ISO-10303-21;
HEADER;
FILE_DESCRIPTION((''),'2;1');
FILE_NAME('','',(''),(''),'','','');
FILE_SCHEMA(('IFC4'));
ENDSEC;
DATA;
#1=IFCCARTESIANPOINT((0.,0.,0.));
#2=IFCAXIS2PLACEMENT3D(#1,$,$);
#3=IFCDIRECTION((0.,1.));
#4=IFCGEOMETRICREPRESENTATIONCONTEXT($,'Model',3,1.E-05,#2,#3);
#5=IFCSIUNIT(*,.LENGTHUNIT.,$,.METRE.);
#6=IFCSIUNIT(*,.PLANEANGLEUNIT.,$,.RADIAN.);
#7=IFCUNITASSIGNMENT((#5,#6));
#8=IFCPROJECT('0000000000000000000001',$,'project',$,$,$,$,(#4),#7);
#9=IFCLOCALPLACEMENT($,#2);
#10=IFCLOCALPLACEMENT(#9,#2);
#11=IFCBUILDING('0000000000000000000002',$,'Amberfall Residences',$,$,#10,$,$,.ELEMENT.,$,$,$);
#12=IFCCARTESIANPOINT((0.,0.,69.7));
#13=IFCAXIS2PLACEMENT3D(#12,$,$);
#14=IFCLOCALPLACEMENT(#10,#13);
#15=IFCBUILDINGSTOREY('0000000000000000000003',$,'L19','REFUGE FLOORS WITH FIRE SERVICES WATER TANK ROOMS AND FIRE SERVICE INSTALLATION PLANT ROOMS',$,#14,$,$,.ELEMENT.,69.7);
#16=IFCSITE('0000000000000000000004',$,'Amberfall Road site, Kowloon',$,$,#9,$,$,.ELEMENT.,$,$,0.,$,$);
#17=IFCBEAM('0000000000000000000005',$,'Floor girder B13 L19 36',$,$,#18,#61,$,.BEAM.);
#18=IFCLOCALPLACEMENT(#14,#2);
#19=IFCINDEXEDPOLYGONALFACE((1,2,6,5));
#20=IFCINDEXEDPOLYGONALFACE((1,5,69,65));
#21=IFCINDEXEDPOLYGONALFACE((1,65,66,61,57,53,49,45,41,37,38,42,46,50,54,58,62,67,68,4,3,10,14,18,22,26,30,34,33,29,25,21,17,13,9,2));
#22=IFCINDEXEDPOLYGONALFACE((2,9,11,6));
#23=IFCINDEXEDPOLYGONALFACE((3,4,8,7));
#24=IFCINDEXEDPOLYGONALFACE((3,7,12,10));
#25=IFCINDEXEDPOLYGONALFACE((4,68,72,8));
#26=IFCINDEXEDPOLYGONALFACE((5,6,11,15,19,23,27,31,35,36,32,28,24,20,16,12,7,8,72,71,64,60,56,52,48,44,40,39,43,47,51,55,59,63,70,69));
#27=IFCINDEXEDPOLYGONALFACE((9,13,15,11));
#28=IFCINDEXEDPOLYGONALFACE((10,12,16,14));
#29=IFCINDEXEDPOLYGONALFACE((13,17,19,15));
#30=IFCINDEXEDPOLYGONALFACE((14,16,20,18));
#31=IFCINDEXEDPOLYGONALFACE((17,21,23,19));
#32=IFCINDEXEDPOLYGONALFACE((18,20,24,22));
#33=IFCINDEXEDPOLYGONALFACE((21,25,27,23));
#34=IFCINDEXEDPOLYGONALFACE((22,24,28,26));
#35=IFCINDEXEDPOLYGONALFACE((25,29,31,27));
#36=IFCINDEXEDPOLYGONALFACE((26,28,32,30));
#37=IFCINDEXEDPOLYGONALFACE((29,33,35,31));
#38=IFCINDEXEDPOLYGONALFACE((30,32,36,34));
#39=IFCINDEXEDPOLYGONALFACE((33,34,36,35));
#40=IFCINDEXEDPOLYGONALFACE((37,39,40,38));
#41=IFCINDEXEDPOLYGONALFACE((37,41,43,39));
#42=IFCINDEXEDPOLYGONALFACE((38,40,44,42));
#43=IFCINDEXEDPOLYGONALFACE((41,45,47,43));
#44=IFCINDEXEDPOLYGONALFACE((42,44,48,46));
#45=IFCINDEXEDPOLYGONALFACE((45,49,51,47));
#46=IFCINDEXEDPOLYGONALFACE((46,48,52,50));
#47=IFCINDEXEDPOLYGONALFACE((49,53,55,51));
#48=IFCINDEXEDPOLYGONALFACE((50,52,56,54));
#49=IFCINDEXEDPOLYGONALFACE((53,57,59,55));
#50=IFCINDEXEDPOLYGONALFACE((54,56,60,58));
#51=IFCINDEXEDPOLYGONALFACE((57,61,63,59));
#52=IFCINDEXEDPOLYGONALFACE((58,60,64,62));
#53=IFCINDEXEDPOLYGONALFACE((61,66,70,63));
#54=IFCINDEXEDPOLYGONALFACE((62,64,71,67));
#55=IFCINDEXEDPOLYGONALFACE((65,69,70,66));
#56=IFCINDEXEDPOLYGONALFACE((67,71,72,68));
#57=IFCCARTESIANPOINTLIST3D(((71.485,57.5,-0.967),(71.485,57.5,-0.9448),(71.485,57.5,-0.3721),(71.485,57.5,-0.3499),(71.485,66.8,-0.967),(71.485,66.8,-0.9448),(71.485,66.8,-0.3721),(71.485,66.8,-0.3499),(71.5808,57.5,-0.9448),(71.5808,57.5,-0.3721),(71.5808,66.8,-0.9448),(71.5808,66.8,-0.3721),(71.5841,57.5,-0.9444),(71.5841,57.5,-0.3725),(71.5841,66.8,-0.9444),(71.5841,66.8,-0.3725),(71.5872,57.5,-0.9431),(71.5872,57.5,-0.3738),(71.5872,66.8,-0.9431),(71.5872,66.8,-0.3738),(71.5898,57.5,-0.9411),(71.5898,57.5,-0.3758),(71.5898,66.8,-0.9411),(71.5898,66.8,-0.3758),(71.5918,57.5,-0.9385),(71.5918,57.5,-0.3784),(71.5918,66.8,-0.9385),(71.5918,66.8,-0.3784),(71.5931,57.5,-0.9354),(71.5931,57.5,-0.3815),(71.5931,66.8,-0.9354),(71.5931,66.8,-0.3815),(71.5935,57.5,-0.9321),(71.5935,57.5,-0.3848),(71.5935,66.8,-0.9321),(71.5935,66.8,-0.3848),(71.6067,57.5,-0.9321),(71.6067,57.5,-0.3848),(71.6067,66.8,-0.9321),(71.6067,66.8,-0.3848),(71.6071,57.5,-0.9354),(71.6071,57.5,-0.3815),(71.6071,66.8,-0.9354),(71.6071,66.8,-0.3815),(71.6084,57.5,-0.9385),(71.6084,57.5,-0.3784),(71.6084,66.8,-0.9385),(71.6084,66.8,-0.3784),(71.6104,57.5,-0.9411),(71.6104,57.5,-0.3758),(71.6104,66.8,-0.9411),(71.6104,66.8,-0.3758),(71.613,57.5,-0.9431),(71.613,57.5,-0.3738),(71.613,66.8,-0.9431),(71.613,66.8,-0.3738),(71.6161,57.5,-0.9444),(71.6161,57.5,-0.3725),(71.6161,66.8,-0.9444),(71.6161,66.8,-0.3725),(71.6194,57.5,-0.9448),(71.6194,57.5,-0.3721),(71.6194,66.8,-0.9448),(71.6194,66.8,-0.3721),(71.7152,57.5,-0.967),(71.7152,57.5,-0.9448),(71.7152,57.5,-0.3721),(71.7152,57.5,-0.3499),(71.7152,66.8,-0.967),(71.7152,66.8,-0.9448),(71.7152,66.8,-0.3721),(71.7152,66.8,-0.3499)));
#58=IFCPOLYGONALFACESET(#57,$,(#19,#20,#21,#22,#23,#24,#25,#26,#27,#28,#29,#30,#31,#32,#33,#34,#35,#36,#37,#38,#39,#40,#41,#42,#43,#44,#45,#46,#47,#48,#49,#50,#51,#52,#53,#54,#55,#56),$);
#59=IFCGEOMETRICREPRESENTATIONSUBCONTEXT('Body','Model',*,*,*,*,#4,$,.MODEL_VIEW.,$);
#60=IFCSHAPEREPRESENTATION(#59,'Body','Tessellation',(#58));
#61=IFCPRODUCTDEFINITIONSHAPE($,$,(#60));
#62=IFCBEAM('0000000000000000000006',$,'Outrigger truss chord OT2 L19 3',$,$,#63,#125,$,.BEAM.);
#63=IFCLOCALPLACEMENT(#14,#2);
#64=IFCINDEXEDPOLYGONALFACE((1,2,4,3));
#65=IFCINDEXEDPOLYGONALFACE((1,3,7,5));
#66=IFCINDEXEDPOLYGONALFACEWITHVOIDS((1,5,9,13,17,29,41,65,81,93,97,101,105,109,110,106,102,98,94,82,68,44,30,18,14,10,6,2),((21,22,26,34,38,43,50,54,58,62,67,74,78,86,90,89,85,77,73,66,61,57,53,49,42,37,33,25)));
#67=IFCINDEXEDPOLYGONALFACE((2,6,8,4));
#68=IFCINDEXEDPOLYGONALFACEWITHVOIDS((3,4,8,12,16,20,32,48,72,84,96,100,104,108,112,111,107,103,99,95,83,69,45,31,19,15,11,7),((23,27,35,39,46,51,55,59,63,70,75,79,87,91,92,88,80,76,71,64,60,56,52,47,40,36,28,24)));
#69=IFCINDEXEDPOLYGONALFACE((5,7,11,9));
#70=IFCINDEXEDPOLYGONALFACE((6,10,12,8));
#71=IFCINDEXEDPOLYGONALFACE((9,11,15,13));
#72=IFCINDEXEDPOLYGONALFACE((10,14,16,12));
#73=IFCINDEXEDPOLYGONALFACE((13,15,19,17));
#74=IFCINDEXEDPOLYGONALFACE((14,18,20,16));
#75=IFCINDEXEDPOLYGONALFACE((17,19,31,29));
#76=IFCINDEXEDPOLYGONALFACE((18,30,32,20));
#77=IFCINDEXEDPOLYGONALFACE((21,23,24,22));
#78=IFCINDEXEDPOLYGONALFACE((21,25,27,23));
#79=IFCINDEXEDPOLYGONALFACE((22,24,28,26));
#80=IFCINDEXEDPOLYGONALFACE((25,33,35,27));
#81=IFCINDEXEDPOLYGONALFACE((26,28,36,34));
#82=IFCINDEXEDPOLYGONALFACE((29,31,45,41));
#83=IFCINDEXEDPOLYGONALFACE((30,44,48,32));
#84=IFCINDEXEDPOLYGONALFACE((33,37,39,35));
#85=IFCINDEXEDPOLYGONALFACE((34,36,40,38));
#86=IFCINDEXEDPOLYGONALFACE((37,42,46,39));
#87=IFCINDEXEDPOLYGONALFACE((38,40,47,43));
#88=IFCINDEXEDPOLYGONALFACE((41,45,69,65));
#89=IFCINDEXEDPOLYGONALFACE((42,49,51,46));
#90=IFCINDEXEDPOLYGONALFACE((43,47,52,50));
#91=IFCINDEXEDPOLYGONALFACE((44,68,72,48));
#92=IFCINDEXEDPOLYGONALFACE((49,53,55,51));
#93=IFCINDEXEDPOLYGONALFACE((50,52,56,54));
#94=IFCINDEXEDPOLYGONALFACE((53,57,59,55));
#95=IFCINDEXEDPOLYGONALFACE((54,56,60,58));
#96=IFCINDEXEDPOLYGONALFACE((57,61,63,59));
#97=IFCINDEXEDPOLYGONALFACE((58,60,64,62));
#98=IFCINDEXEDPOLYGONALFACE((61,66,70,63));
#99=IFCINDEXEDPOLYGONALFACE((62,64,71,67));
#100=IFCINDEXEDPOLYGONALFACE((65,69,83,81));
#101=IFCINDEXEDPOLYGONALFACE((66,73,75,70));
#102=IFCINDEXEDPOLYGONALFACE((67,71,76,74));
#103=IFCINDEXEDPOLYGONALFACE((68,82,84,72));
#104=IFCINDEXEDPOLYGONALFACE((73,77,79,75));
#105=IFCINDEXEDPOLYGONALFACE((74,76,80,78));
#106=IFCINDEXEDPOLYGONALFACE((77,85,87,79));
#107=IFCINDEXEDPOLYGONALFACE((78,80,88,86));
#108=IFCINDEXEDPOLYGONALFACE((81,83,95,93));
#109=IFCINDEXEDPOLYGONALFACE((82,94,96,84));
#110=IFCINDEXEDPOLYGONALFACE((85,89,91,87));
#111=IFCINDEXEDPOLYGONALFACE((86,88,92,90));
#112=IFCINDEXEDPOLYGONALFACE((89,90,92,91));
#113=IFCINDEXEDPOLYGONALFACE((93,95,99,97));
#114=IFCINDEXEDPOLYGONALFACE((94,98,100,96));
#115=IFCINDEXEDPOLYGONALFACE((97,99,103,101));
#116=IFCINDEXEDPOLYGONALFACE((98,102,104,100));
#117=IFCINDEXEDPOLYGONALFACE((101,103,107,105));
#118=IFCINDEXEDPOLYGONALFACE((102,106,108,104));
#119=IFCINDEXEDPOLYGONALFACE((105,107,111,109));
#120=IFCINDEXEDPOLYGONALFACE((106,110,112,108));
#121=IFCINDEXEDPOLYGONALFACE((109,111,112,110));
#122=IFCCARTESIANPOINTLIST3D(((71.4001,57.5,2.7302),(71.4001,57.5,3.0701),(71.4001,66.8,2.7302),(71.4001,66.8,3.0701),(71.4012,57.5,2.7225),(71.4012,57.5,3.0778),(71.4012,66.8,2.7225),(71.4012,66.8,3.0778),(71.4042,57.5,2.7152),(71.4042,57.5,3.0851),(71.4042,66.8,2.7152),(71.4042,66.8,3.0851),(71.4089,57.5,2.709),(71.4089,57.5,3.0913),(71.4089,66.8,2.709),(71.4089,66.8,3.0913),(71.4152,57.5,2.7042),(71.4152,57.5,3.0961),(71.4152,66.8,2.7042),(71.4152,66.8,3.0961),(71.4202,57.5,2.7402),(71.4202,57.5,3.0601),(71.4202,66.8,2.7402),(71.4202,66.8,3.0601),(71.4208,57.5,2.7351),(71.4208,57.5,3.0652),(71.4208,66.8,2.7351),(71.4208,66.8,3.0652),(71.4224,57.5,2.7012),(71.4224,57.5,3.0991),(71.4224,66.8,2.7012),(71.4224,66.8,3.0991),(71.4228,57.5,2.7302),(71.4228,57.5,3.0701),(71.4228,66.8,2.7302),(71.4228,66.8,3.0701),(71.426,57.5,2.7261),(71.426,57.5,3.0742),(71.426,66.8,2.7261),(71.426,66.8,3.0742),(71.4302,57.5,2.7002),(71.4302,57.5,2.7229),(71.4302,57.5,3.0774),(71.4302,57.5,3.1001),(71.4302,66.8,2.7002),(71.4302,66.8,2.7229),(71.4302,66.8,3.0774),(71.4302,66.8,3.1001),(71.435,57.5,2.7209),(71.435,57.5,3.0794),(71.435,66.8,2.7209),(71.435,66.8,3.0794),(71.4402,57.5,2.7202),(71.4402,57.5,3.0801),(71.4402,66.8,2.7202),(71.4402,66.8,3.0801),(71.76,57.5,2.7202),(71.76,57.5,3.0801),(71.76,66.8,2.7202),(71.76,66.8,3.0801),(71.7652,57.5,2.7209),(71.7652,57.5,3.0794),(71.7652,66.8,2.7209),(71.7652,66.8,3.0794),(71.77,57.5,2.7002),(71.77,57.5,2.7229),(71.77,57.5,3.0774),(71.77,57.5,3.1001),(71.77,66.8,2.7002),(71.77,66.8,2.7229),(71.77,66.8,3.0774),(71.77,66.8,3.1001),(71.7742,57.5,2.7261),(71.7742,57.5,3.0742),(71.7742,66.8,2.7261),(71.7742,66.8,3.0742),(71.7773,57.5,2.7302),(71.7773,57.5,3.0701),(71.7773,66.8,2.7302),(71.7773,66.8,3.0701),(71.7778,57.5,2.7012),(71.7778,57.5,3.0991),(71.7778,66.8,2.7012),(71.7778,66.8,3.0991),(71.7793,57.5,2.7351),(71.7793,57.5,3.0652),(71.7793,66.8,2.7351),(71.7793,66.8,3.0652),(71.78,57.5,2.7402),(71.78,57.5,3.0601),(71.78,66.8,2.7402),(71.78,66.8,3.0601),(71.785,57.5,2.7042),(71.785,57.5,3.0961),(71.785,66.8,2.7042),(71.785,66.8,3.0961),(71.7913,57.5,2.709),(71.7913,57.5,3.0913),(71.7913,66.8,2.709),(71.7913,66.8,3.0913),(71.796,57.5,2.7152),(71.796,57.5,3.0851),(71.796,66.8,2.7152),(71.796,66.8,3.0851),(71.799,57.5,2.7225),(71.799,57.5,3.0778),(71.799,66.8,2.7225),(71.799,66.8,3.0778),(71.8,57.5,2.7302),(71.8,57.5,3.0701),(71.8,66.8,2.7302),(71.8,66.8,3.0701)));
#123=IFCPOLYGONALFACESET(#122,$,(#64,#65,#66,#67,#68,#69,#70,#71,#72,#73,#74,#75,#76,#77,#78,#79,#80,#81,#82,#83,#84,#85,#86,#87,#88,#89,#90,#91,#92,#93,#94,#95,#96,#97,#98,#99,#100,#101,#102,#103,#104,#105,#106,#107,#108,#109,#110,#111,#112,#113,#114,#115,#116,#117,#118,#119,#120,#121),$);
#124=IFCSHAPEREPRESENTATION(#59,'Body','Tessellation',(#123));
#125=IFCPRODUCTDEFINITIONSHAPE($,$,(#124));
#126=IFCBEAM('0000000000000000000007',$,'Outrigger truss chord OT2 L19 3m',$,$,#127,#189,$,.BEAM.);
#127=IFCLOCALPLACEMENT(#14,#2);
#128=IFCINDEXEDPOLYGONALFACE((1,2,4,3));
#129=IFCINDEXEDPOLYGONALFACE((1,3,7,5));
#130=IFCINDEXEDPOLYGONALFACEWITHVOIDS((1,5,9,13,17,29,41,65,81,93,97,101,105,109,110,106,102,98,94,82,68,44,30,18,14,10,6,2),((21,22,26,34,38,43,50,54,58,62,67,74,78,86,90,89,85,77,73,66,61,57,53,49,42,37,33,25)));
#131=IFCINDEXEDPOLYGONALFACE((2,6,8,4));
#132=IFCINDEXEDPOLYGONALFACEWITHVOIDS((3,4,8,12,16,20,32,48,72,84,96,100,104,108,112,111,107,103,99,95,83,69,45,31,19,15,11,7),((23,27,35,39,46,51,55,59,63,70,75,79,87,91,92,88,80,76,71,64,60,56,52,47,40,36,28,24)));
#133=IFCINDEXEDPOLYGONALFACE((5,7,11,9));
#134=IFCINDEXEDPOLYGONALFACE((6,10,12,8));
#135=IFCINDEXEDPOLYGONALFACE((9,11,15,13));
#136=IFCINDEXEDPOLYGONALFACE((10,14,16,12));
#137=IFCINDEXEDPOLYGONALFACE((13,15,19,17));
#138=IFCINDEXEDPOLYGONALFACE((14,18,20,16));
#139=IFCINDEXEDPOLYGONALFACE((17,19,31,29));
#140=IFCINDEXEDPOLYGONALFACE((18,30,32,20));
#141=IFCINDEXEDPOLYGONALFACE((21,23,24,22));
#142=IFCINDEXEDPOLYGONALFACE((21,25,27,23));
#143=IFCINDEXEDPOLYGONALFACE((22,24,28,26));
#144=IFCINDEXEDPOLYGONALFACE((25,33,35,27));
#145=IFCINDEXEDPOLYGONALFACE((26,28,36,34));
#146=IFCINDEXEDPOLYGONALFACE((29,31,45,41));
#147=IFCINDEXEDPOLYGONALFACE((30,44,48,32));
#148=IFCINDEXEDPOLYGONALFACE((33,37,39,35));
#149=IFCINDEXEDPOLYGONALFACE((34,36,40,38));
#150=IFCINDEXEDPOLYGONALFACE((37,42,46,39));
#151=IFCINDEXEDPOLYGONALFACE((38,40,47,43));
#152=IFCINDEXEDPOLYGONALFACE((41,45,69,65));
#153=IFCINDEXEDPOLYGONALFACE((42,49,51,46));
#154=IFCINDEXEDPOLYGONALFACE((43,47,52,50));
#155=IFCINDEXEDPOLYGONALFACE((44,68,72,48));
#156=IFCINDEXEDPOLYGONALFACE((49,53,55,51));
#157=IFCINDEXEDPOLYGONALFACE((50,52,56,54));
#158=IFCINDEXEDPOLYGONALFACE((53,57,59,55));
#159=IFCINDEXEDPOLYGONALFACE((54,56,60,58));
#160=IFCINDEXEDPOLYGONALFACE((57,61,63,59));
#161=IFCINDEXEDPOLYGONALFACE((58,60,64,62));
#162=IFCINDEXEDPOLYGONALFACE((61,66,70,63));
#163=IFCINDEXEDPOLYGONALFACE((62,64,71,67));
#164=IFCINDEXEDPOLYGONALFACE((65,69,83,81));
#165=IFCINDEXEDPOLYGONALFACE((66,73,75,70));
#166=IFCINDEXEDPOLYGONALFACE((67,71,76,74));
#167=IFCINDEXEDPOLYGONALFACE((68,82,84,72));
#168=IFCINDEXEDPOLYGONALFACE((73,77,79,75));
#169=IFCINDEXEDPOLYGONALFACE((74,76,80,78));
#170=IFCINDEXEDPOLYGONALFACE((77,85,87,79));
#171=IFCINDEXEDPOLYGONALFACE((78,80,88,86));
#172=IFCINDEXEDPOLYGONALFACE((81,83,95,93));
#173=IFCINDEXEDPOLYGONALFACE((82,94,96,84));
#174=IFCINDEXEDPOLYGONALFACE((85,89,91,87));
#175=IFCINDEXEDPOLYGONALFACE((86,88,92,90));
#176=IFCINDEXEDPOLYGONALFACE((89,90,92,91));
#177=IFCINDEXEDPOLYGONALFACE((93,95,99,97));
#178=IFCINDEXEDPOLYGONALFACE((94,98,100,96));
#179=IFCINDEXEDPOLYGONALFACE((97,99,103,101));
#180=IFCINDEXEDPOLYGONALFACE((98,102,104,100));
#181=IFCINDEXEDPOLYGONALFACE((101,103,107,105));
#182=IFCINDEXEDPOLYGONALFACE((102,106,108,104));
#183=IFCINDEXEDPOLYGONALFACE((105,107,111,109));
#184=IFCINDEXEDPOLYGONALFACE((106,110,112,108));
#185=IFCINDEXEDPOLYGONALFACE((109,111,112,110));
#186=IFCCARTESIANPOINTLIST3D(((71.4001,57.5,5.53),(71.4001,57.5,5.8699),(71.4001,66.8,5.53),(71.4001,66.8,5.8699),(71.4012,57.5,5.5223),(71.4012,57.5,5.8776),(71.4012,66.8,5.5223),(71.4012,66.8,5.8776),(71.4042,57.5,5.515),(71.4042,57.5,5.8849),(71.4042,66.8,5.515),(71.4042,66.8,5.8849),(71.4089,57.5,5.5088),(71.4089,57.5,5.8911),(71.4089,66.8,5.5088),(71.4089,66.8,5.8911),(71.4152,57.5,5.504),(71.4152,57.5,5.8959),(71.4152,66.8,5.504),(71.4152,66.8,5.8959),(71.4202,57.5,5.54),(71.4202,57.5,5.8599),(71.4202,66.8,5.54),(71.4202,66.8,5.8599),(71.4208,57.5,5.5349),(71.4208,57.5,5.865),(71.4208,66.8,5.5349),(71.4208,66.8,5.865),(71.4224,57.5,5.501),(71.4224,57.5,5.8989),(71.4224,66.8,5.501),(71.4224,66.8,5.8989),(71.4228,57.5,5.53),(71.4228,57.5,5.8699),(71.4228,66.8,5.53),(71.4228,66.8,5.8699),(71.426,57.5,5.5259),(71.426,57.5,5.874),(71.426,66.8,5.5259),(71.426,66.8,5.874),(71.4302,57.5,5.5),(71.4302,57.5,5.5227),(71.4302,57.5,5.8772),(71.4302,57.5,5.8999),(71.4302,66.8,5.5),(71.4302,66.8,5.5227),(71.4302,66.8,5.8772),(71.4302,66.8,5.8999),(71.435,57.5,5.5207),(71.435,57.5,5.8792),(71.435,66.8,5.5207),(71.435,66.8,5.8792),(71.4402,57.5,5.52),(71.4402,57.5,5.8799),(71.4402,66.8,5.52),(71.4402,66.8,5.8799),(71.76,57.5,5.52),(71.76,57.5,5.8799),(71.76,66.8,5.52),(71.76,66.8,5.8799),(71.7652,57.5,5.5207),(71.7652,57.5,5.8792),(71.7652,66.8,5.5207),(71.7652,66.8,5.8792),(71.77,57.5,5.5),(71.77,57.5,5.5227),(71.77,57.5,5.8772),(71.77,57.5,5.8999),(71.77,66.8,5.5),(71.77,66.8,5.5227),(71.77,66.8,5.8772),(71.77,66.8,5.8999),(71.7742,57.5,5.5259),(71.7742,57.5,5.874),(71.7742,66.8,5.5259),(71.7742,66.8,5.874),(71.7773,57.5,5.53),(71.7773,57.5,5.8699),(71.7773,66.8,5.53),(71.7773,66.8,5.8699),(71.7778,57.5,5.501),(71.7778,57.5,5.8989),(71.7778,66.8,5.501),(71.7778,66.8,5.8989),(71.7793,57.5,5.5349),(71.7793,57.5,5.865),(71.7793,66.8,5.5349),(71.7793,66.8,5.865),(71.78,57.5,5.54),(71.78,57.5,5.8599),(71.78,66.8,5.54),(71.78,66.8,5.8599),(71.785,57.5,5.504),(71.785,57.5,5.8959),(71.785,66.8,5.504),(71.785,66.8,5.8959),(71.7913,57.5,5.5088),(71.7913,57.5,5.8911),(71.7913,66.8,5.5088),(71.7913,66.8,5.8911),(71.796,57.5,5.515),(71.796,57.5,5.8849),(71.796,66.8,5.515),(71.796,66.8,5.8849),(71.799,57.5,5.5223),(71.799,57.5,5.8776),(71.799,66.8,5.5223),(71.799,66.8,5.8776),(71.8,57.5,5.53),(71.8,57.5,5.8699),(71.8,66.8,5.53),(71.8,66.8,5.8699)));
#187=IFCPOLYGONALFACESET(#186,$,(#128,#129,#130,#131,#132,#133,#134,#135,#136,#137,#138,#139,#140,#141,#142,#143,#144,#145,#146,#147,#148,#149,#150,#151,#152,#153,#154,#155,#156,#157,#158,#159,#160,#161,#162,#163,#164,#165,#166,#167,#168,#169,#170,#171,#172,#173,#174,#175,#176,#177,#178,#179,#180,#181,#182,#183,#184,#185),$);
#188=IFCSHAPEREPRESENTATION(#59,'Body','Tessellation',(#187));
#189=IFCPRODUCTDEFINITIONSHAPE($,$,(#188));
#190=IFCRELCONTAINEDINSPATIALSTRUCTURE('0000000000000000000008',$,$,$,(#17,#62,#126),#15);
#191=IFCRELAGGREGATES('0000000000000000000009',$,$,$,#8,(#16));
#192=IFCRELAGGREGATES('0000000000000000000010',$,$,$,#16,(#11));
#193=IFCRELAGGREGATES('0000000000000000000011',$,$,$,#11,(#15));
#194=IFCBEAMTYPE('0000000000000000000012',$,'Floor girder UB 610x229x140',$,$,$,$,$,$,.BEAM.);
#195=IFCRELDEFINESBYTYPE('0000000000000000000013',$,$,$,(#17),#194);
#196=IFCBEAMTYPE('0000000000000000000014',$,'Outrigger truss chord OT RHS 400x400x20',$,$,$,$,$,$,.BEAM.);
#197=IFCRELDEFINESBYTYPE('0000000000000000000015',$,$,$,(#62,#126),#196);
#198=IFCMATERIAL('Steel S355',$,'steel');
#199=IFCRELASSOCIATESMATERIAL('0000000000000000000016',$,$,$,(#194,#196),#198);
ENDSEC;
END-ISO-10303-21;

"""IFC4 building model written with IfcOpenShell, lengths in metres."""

from ifc_helpers import new_model, si_unit, direction, frame, origin, origin_2d, place, context, subcontext, project, spatial, hollow_rectangle, i_section, extrude, material, material_profile, profile_set, type_object, element, save


model = new_model("IFC4")

# Units and contexts
model_context = context("Model", 3, precision=1e-05, world=origin(), true_north=direction((0.0, 1.0)))
body_context = subcontext(model_context, "Body", "Model", "MODEL_VIEW")
ifc_project = project(units=[si_unit("LENGTHUNIT", "METRE"), si_unit("PLANEANGLEUNIT", "RADIAN")], contexts=[model_context])

# Site, building, storey
site_placement = place(None, origin())
site = spatial("IfcSite", under=ifc_project, at=site_placement, Name="Amberfall Road site, Kowloon", CompositionType="ELEMENT", RefElevation=0.0)
building_placement = place(site_placement, origin())
building = spatial("IfcBuilding", under=site, at=building_placement, Name="Amberfall Residences", CompositionType="ELEMENT")
storey_placement = place(building_placement, frame((0.0, 0.0, 69.7)))
storey = spatial("IfcBuildingStorey", under=building, at=storey_placement, Name="L19", Description="REFUGE FLOORS WITH FIRE SERVICES WATER TANK ROOMS AND FIRE SERVICE INSTALLATION PLANT ROOMS", CompositionType="ELEMENT", Elevation=69.7)

# Beams
ifc_material_1 = material(Name="Steel S355", Category="steel")
ifc_material_profile_1 = material_profile(ifc_material_1, i_section(OverallWidth=0.2302, OverallDepth=0.6172, WebThickness=0.0132, FlangeThickness=0.0222, FilletRadius=0.0127, at=origin_2d()), Name="UB 610x229x140")
ifc_profile_set_1 = profile_set([ifc_material_profile_1], Name="Steel S355")
beam_type_1 = type_object("IfcBeamType", Name="Floor girder UB 610x229x140", PredefinedType="BEAM", material=ifc_profile_set_1)
beam_placement = place(storey_placement, frame((71.6001, 66.8, -0.6584), z_axis=(0.0, -1.0, 0.0), x_axis=(1.0, 0.0, 0.0)))
element("IfcBeam", 1, at=beam_placement, inside=storey, type_object=beam_type_1, Name="Floor girder B13 L19 36", PredefinedType="BEAM", context=body_context, shape_type="SweptSolid", body=[
    extrude(i_section(OverallWidth=0.2302, OverallDepth=0.6172, WebThickness=0.0132, FlangeThickness=0.0222, FilletRadius=0.0127, at=origin_2d()), origin(), (0.0, 0.0, 1.0), 9.3),
])
ifc_material_profile_2 = material_profile(ifc_material_1, hollow_rectangle(XDim=0.3999, YDim=0.3999, WallThickness=0.02, InnerFilletRadius=0.02, OuterFilletRadius=0.03, at=origin_2d()), Name="RHS 400x400x20")
ifc_profile_set_2 = profile_set([ifc_material_profile_2], Name="Steel S355")
beam_type_2 = type_object("IfcBeamType", Name="Outrigger truss chord OT RHS 400x400x20", PredefinedType="BEAM", material=ifc_profile_set_2)
for number, where, z_axis, x_axis, name in (
    (2, (71.6001, 66.8, 2.9001), (0.0, -1.0, 0.0), (1.0, 0.0, 0.0), "Outrigger truss chord OT2 L19 3"),
    (3, (71.6001, 66.8, 5.7), (0.0, -1.0, 0.0), (1.0, 0.0, 0.0), "Outrigger truss chord OT2 L19 3m"),
):
    element("IfcBeam", number, at=place(storey_placement, frame(where, z_axis=z_axis, x_axis=x_axis)), inside=storey, type_object=beam_type_2, Name=name, PredefinedType="BEAM", context=body_context, shape_type="SweptSolid", body=[
        extrude(hollow_rectangle(XDim=0.3999, YDim=0.3999, WallThickness=0.02, InnerFilletRadius=0.02, OuterFilletRadius=0.03, at=origin_2d()), origin(), (0.0, 0.0, 1.0), 9.3),
    ])

save(model, "model.ifc")
